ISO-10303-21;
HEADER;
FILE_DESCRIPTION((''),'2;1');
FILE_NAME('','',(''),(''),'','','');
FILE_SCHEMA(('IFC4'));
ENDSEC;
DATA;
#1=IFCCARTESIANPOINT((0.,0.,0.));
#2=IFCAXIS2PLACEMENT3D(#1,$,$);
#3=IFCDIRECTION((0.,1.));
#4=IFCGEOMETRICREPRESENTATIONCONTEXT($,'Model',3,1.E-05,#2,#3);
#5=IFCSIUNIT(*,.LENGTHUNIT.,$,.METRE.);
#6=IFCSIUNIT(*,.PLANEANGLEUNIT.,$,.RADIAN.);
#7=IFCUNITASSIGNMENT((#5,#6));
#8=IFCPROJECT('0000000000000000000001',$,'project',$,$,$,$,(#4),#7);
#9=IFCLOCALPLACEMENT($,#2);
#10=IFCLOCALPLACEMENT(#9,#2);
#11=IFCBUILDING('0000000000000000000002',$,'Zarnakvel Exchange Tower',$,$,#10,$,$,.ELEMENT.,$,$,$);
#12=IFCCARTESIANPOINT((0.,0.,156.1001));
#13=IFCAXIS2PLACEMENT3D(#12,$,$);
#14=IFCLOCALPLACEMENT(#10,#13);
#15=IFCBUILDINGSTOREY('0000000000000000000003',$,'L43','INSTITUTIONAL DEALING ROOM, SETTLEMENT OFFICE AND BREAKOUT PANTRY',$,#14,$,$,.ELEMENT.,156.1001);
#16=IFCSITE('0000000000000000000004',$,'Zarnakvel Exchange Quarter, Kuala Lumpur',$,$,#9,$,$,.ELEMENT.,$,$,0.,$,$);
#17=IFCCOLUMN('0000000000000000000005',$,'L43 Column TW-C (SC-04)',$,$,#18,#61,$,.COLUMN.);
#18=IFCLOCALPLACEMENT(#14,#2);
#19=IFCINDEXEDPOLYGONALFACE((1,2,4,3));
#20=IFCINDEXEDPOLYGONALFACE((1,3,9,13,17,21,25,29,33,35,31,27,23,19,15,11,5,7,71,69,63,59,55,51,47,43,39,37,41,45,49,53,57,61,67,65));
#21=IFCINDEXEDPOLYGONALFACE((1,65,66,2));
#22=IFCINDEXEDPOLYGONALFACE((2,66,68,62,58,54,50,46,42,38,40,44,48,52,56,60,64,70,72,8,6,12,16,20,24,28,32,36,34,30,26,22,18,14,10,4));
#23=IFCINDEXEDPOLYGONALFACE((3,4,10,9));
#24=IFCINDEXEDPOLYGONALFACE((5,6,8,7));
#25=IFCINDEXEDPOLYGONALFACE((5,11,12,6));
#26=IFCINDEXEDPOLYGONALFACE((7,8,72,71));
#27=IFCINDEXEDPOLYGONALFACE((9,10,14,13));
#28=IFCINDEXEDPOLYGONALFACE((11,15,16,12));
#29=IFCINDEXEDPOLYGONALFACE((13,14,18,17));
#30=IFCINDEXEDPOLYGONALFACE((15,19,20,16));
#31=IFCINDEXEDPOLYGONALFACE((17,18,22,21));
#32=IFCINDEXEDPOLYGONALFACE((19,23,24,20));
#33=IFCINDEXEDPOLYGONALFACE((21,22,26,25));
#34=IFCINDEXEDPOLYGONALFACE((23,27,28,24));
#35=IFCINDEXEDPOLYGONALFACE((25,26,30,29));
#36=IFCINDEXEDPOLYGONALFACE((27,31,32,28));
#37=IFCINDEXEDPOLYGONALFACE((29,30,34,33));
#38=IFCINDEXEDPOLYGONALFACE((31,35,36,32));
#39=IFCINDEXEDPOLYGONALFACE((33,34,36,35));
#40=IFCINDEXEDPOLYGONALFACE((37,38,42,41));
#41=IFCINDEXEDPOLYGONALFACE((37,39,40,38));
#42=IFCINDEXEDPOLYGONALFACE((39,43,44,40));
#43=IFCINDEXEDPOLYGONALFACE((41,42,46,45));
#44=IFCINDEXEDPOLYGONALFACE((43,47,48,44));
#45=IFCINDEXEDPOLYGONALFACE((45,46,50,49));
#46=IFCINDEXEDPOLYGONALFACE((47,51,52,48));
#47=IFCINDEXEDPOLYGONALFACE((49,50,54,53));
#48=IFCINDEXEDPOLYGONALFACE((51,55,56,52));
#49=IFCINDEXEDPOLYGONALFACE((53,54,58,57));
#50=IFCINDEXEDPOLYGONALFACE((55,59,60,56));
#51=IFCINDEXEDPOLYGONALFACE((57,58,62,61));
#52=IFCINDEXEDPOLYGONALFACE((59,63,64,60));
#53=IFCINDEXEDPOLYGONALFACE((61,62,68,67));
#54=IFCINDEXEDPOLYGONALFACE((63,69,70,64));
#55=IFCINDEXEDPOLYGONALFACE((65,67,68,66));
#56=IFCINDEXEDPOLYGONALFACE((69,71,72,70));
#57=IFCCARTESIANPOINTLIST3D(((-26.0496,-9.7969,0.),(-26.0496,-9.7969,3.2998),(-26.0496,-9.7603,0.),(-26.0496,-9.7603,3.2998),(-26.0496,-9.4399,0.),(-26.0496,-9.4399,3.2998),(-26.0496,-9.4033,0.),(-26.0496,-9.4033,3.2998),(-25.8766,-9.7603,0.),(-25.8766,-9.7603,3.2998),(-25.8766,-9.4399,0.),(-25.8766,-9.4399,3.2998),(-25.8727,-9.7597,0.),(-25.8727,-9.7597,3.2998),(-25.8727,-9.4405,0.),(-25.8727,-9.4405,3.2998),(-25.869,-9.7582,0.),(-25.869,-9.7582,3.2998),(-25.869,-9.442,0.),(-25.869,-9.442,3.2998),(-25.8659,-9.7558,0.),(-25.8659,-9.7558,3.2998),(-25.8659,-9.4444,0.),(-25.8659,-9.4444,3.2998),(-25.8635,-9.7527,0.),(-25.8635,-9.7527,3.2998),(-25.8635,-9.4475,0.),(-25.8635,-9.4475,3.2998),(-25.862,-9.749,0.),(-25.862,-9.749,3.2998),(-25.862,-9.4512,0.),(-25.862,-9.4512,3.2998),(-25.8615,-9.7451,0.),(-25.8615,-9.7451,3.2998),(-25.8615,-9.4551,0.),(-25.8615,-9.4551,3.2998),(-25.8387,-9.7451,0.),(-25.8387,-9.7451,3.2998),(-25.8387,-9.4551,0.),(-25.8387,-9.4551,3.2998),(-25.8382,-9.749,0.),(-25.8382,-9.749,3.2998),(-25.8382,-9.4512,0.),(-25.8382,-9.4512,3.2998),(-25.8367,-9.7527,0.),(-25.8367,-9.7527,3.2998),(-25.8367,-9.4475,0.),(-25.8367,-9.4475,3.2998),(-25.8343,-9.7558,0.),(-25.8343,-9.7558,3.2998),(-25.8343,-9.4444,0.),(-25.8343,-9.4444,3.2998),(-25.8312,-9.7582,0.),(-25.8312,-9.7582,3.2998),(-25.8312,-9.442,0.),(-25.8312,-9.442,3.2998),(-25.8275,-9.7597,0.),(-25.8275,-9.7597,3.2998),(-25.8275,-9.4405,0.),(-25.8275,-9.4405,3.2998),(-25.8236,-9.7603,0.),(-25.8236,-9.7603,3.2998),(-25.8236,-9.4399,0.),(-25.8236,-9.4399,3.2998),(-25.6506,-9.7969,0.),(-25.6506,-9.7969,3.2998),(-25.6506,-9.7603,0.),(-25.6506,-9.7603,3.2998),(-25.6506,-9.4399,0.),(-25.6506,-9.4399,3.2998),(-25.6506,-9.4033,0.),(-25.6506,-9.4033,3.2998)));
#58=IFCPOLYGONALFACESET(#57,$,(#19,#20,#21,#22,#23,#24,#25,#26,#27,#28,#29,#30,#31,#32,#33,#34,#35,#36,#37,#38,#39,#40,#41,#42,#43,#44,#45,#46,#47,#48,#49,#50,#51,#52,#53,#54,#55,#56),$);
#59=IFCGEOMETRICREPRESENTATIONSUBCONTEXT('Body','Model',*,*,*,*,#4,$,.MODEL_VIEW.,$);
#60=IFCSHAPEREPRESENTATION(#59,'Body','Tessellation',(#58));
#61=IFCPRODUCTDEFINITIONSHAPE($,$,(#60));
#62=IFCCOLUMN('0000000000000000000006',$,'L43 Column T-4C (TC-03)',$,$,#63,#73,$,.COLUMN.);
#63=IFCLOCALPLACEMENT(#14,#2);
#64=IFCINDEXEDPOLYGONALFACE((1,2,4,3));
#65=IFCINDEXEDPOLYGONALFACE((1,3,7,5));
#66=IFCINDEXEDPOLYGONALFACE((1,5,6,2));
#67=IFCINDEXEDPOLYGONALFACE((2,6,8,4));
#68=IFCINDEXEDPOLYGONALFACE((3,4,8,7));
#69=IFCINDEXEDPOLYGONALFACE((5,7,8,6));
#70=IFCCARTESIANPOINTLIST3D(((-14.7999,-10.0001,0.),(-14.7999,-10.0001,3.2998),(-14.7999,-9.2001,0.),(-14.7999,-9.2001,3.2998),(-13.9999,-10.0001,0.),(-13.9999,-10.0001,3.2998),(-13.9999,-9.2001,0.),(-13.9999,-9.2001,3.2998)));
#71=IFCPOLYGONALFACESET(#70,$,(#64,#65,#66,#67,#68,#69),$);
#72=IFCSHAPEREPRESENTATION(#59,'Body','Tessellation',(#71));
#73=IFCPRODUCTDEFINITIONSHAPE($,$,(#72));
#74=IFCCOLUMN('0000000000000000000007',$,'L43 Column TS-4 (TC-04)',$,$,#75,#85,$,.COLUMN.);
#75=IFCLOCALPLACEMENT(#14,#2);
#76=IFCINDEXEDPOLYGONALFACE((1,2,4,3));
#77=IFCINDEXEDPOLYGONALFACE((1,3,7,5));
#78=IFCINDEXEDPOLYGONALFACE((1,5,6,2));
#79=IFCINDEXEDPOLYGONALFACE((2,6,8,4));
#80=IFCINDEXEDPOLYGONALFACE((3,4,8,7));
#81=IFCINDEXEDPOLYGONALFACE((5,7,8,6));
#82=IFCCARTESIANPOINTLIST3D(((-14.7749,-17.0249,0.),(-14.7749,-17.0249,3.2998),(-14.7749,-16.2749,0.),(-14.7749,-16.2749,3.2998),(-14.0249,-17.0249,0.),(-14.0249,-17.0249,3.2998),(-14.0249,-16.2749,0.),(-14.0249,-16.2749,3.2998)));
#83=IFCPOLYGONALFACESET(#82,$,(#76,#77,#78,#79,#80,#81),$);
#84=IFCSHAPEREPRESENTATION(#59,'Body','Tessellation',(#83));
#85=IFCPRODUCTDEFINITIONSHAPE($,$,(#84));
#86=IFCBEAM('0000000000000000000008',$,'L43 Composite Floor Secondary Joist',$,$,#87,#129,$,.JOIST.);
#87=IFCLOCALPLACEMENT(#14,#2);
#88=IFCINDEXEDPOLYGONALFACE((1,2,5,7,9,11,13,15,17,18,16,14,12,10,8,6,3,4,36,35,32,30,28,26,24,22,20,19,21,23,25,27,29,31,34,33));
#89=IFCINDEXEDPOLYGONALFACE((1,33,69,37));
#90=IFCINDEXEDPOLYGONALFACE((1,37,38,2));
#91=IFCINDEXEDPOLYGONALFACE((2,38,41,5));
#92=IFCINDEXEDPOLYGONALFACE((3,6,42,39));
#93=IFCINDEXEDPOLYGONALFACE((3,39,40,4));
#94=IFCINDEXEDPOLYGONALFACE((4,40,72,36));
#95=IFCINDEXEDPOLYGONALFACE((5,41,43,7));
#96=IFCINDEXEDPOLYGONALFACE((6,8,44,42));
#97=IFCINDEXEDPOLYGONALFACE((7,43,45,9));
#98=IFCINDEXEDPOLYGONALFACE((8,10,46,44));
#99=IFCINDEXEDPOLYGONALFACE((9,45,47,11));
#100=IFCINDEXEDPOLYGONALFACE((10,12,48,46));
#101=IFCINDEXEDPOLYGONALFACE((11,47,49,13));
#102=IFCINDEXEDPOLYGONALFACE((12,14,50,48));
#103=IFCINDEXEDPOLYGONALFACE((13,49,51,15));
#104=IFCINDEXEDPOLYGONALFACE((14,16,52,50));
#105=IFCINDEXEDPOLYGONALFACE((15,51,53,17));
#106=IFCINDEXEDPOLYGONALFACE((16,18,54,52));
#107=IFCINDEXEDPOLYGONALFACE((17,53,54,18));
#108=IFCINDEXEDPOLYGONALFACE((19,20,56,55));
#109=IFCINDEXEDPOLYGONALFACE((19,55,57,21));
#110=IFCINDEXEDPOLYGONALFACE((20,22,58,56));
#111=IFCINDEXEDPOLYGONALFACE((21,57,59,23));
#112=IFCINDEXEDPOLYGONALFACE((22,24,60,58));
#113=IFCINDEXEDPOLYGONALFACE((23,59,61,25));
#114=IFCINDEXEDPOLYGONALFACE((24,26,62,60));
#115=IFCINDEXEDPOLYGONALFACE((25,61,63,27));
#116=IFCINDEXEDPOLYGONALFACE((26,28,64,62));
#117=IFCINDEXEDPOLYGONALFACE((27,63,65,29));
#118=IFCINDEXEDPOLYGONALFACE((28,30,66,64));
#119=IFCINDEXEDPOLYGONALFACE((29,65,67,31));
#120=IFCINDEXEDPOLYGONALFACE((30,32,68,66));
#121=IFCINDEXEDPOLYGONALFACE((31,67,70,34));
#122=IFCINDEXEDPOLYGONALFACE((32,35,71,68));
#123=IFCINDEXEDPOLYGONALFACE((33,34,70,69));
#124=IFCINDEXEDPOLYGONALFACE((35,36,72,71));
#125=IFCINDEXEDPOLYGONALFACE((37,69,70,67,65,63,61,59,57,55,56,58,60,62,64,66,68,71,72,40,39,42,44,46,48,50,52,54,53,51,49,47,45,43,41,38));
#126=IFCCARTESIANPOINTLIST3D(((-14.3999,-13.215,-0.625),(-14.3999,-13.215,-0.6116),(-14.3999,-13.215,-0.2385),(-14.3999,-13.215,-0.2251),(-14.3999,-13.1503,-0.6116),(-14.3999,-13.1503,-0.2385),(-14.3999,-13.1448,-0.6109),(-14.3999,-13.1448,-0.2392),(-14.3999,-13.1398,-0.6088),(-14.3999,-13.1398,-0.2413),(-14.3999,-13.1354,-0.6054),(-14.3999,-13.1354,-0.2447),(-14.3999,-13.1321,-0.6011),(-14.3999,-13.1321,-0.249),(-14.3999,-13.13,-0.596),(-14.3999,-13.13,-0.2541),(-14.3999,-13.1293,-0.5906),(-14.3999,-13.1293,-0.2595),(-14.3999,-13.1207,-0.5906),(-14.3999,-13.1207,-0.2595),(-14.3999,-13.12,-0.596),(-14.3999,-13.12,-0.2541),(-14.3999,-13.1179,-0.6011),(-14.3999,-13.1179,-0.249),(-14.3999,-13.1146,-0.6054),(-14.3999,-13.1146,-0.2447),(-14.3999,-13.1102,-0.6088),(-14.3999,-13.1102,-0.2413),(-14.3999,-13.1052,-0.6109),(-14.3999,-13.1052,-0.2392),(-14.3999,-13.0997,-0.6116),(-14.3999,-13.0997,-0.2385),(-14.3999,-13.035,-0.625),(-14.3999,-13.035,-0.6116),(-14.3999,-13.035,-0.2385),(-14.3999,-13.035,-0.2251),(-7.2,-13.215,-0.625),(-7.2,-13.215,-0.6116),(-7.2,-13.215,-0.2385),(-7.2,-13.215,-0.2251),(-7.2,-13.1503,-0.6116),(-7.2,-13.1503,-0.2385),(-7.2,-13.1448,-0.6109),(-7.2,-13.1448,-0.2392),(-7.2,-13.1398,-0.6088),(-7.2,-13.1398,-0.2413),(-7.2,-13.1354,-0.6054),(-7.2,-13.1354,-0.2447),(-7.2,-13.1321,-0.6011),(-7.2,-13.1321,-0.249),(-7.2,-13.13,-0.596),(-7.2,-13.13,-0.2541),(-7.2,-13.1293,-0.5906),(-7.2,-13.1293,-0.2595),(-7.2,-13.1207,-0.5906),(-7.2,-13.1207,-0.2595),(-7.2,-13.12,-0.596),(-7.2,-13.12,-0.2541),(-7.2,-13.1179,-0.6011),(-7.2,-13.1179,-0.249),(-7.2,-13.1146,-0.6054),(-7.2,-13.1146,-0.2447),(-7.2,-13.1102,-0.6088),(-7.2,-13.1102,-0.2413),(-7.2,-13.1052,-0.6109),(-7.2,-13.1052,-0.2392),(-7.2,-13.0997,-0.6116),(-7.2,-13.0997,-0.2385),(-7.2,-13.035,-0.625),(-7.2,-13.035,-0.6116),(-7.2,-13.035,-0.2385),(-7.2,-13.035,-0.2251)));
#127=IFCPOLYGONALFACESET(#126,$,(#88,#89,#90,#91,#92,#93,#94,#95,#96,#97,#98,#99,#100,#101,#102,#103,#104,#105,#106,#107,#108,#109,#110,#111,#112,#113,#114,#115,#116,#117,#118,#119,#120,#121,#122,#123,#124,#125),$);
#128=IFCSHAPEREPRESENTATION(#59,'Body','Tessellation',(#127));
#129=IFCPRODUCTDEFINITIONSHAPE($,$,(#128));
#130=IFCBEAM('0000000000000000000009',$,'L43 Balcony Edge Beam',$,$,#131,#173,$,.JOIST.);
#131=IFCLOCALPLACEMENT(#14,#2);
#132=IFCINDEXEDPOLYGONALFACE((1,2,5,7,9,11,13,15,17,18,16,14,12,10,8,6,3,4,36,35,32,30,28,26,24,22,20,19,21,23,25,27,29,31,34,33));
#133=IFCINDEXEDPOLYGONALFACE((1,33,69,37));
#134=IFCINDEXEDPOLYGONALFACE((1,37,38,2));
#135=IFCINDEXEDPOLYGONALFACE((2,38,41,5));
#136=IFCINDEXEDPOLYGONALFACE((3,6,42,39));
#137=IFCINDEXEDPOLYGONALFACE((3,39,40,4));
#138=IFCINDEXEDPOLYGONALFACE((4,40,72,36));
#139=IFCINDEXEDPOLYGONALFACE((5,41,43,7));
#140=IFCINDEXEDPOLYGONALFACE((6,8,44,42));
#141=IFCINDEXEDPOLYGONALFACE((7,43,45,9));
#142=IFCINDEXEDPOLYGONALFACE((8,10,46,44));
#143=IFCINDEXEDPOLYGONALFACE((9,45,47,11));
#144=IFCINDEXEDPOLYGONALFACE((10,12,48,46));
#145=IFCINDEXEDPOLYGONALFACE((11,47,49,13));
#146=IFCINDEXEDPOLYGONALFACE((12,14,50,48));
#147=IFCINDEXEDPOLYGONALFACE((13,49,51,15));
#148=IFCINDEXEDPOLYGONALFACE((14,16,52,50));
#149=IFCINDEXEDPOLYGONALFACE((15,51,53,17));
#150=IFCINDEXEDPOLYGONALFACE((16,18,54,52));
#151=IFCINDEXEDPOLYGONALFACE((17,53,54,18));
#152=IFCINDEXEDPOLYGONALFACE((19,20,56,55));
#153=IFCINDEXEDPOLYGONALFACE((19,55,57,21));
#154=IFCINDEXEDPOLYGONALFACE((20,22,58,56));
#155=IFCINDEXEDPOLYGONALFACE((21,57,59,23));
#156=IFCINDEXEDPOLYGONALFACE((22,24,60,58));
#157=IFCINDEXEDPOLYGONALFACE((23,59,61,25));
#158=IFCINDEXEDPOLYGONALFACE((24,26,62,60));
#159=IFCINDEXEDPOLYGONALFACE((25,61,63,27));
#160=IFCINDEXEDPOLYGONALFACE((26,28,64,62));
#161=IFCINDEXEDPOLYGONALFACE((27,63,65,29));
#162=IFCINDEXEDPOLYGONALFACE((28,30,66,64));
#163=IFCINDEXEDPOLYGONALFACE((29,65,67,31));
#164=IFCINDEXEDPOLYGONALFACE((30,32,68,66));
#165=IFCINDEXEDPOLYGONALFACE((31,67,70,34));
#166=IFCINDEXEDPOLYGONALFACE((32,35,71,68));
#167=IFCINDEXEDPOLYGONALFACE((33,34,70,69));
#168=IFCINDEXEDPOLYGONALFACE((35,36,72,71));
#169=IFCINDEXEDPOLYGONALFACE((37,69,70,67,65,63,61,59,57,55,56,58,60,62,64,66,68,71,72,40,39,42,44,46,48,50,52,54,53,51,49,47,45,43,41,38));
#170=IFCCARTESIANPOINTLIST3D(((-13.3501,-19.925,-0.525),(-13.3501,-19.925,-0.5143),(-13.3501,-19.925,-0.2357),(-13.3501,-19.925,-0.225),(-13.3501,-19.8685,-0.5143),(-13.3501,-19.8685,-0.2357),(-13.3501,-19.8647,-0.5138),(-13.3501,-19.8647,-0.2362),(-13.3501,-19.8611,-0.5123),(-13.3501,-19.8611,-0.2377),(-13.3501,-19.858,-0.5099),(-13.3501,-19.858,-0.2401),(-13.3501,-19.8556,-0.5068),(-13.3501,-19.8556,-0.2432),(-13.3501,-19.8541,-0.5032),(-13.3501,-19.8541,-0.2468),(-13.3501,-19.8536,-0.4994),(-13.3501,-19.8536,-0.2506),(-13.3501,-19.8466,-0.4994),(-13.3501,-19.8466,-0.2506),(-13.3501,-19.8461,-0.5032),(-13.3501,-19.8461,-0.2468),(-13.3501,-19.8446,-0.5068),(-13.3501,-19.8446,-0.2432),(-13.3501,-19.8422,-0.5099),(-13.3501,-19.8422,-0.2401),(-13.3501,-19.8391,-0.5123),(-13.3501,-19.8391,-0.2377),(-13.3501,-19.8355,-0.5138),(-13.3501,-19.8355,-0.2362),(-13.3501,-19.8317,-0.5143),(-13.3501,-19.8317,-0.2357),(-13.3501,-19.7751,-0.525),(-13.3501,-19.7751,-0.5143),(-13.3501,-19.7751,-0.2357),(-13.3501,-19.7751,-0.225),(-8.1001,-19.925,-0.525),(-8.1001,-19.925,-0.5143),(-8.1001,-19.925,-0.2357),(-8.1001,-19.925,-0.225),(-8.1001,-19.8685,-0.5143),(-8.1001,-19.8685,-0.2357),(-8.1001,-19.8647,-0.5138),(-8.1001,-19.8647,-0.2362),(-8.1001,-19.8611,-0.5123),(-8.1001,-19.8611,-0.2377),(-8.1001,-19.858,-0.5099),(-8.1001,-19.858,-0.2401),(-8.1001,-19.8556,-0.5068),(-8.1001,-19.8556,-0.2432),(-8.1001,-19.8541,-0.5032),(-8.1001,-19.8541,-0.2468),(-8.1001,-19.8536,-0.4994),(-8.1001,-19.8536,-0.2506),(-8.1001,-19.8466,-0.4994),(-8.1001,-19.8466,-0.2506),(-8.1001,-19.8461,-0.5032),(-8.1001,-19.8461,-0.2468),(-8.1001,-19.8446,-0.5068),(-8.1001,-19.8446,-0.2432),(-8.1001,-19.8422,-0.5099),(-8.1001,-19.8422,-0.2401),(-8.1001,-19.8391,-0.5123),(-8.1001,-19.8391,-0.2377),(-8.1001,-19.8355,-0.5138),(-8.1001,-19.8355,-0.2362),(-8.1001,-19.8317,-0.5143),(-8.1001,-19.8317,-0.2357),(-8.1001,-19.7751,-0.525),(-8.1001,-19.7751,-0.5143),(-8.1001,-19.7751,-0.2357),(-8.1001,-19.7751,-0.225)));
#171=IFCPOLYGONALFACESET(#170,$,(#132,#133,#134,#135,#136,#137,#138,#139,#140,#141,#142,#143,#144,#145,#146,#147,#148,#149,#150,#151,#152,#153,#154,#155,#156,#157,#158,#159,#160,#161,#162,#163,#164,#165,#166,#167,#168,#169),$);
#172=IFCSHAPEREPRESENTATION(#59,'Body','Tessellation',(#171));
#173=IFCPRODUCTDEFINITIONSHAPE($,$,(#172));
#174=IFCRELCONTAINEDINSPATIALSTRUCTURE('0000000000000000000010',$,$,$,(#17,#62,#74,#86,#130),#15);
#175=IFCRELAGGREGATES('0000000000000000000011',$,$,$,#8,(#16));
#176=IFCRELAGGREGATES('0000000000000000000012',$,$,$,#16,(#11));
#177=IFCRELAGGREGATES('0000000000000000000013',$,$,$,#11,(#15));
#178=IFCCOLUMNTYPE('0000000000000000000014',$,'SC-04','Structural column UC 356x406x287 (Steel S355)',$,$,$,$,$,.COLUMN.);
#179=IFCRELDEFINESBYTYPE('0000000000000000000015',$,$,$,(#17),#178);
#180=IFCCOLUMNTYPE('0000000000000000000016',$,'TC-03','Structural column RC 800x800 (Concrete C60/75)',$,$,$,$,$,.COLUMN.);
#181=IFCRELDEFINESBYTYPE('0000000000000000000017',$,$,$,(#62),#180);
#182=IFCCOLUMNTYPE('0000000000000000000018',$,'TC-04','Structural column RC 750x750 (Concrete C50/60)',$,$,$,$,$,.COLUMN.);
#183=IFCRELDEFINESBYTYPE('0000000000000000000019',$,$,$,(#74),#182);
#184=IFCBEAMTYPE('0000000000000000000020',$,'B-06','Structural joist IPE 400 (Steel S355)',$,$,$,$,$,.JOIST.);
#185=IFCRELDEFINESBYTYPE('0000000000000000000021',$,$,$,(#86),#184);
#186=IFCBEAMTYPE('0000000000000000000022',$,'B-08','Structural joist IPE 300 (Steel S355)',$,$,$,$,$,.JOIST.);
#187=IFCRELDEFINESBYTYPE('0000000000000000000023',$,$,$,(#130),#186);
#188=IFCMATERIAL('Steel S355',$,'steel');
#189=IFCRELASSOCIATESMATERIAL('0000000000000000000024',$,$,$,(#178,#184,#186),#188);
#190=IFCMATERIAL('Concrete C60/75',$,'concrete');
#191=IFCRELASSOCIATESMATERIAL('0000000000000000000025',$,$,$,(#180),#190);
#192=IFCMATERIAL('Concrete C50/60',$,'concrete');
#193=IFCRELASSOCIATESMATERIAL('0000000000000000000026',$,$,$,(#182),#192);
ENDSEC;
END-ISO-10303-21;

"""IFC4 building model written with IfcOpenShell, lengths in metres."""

from ifc_helpers import new_model, si_unit, direction, frame, origin, origin_2d, place, context, subcontext, project, spatial, rectangle, i_section, extrude, material, material_profile, profile_set, type_object, element, save


model = new_model("IFC4")

# Units and contexts
model_context = context("Model", 3, precision=1e-05, world=origin(), true_north=direction((0.0, 1.0)))
body_context = subcontext(model_context, "Body", "Model", "MODEL_VIEW")
ifc_project = project(units=[si_unit("LENGTHUNIT", "METRE"), si_unit("PLANEANGLEUNIT", "RADIAN")], contexts=[model_context])

# Site, building, storey
site_placement = place(None, origin())
site = spatial("IfcSite", under=ifc_project, at=site_placement, Name="Zarnakvel Exchange Quarter, Kuala Lumpur", CompositionType="ELEMENT", RefElevation=0.0)
building_placement = place(site_placement, origin())
building = spatial("IfcBuilding", under=site, at=building_placement, Name="Zarnakvel Exchange Tower", CompositionType="ELEMENT")
storey_placement = place(building_placement, frame((0.0, 0.0, 156.1001)))
storey = spatial("IfcBuildingStorey", under=building, at=storey_placement, Name="L43", Description="INSTITUTIONAL DEALING ROOM, SETTLEMENT OFFICE AND BREAKOUT PANTRY", CompositionType="ELEMENT", Elevation=156.1001)

# Columns
ifc_material_1 = material(Name="Steel S355", Category="steel")
ifc_material_profile_1 = material_profile(ifc_material_1, i_section(OverallWidth=0.3989, OverallDepth=0.3936, WebThickness=0.0227, FlangeThickness=0.0366, FilletRadius=0.0151, at=origin_2d()))
ifc_profile_set_1 = profile_set([ifc_material_profile_1], Name="Steel S355")
column_type_1 = type_object("IfcColumnType", Name="SC-04", Description="Structural column UC 356x406x287 (Steel S355)", PredefinedType="COLUMN", material=ifc_profile_set_1)
column_1_placement = place(storey_placement, frame((-25.8501, -9.6001, 0.0), z_axis=(0.0, 0.0, 1.0), x_axis=(1.0, 0.0, 0.0)))
element("IfcColumn", 1, at=column_1_placement, inside=storey, type_object=column_type_1, Name="L43 Column TW-C (SC-04)", PredefinedType="COLUMN", context=body_context, shape_type="SweptSolid", body=[
    extrude(i_section(OverallWidth=0.3989, OverallDepth=0.3936, WebThickness=0.0227, FlangeThickness=0.0366, FilletRadius=0.0151, at=origin_2d()), origin(), (0.0, 0.0, 1.0), 3.2998),
])
ifc_material_2 = material(Name="Concrete C60/75", Category="concrete")
ifc_material_profile_2 = material_profile(ifc_material_2, rectangle(XDim=0.8, YDim=0.8, at=origin_2d()))
ifc_profile_set_2 = profile_set([ifc_material_profile_2], Name="Concrete C60/75")
column_type_2 = type_object("IfcColumnType", Name="TC-03", Description="Structural column RC 800x800 (Concrete C60/75)", PredefinedType="COLUMN", material=ifc_profile_set_2)
column_2_placement = place(storey_placement, frame((-14.3999, -9.6001, 0.0), z_axis=(0.0, 0.0, 1.0), x_axis=(1.0, 0.0, 0.0)))
element("IfcColumn", 2, at=column_2_placement, inside=storey, type_object=column_type_2, Name="L43 Column T-4C (TC-03)", PredefinedType="COLUMN", context=body_context, shape_type="SweptSolid", body=[
    extrude(rectangle(XDim=0.8, YDim=0.8, at=origin_2d()), origin(), (0.0, 0.0, 1.0), 3.2998),
])
ifc_material_3 = material(Name="Concrete C50/60", Category="concrete")
ifc_material_profile_3 = material_profile(ifc_material_3, rectangle(XDim=0.75, YDim=0.75, at=origin_2d()))
ifc_profile_set_3 = profile_set([ifc_material_profile_3], Name="Concrete C50/60")
column_type_3 = type_object("IfcColumnType", Name="TC-04", Description="Structural column RC 750x750 (Concrete C50/60)", PredefinedType="COLUMN", material=ifc_profile_set_3)
column_3_placement = place(storey_placement, frame((-14.3999, -16.6499, 0.0), z_axis=(0.0, 0.0, 1.0), x_axis=(1.0, 0.0, 0.0)))
element("IfcColumn", 3, at=column_3_placement, inside=storey, type_object=column_type_3, Name="L43 Column TS-4 (TC-04)", PredefinedType="COLUMN", context=body_context, shape_type="SweptSolid", body=[
    extrude(rectangle(XDim=0.75, YDim=0.75, at=origin_2d()), origin(), (0.0, 0.0, 1.0), 3.2998),
])

# Beams
ifc_material_profile_4 = material_profile(ifc_material_1, i_section(OverallWidth=0.1799, OverallDepth=0.3999, WebThickness=0.0085, FlangeThickness=0.0134, FilletRadius=0.021, at=origin_2d()))
ifc_profile_set_4 = profile_set([ifc_material_profile_4], Name="Steel S355")
beam_type_1 = type_object("IfcBeamType", Name="B-06", Description="Structural joist IPE 400 (Steel S355)", PredefinedType="JOIST", material=ifc_profile_set_4)
beam_1_placement = place(storey_placement, frame((-14.3999, -13.125, -0.425), z_axis=(1.0, 0.0, 0.0), x_axis=(0.0, 1.0, 0.0)))
element("IfcBeam", 4, at=beam_1_placement, inside=storey, type_object=beam_type_1, Name="L43 Composite Floor Secondary Joist", PredefinedType="JOIST", context=body_context, shape_type="SweptSolid", body=[
    extrude(i_section(OverallWidth=0.1799, OverallDepth=0.3999, WebThickness=0.0085, FlangeThickness=0.0134, FilletRadius=0.021, at=origin_2d()), origin(), (0.0, 0.0, 1.0), 7.2),
])
ifc_material_profile_5 = material_profile(ifc_material_1, i_section(OverallWidth=0.1499, OverallDepth=0.3, WebThickness=0.0071, FlangeThickness=0.0107, FilletRadius=0.0149, at=origin_2d()))
ifc_profile_set_5 = profile_set([ifc_material_profile_5], Name="Steel S355")
beam_type_2 = type_object("IfcBeamType", Name="B-08", Description="Structural joist IPE 300 (Steel S355)", PredefinedType="JOIST", material=ifc_profile_set_5)
beam_2_placement = place(storey_placement, frame((-13.3501, -19.8501, -0.375), z_axis=(1.0, 0.0, 0.0), x_axis=(0.0, 1.0, 0.0)))
element("IfcBeam", 5, at=beam_2_placement, inside=storey, type_object=beam_type_2, Name="L43 Balcony Edge Beam", PredefinedType="JOIST", context=body_context, shape_type="SweptSolid", body=[
    extrude(i_section(OverallWidth=0.1499, OverallDepth=0.3, WebThickness=0.0071, FlangeThickness=0.0107, FilletRadius=0.0149, at=origin_2d()), origin(), (0.0, 0.0, 1.0), 5.25),
])

save(model, "model.ifc")
